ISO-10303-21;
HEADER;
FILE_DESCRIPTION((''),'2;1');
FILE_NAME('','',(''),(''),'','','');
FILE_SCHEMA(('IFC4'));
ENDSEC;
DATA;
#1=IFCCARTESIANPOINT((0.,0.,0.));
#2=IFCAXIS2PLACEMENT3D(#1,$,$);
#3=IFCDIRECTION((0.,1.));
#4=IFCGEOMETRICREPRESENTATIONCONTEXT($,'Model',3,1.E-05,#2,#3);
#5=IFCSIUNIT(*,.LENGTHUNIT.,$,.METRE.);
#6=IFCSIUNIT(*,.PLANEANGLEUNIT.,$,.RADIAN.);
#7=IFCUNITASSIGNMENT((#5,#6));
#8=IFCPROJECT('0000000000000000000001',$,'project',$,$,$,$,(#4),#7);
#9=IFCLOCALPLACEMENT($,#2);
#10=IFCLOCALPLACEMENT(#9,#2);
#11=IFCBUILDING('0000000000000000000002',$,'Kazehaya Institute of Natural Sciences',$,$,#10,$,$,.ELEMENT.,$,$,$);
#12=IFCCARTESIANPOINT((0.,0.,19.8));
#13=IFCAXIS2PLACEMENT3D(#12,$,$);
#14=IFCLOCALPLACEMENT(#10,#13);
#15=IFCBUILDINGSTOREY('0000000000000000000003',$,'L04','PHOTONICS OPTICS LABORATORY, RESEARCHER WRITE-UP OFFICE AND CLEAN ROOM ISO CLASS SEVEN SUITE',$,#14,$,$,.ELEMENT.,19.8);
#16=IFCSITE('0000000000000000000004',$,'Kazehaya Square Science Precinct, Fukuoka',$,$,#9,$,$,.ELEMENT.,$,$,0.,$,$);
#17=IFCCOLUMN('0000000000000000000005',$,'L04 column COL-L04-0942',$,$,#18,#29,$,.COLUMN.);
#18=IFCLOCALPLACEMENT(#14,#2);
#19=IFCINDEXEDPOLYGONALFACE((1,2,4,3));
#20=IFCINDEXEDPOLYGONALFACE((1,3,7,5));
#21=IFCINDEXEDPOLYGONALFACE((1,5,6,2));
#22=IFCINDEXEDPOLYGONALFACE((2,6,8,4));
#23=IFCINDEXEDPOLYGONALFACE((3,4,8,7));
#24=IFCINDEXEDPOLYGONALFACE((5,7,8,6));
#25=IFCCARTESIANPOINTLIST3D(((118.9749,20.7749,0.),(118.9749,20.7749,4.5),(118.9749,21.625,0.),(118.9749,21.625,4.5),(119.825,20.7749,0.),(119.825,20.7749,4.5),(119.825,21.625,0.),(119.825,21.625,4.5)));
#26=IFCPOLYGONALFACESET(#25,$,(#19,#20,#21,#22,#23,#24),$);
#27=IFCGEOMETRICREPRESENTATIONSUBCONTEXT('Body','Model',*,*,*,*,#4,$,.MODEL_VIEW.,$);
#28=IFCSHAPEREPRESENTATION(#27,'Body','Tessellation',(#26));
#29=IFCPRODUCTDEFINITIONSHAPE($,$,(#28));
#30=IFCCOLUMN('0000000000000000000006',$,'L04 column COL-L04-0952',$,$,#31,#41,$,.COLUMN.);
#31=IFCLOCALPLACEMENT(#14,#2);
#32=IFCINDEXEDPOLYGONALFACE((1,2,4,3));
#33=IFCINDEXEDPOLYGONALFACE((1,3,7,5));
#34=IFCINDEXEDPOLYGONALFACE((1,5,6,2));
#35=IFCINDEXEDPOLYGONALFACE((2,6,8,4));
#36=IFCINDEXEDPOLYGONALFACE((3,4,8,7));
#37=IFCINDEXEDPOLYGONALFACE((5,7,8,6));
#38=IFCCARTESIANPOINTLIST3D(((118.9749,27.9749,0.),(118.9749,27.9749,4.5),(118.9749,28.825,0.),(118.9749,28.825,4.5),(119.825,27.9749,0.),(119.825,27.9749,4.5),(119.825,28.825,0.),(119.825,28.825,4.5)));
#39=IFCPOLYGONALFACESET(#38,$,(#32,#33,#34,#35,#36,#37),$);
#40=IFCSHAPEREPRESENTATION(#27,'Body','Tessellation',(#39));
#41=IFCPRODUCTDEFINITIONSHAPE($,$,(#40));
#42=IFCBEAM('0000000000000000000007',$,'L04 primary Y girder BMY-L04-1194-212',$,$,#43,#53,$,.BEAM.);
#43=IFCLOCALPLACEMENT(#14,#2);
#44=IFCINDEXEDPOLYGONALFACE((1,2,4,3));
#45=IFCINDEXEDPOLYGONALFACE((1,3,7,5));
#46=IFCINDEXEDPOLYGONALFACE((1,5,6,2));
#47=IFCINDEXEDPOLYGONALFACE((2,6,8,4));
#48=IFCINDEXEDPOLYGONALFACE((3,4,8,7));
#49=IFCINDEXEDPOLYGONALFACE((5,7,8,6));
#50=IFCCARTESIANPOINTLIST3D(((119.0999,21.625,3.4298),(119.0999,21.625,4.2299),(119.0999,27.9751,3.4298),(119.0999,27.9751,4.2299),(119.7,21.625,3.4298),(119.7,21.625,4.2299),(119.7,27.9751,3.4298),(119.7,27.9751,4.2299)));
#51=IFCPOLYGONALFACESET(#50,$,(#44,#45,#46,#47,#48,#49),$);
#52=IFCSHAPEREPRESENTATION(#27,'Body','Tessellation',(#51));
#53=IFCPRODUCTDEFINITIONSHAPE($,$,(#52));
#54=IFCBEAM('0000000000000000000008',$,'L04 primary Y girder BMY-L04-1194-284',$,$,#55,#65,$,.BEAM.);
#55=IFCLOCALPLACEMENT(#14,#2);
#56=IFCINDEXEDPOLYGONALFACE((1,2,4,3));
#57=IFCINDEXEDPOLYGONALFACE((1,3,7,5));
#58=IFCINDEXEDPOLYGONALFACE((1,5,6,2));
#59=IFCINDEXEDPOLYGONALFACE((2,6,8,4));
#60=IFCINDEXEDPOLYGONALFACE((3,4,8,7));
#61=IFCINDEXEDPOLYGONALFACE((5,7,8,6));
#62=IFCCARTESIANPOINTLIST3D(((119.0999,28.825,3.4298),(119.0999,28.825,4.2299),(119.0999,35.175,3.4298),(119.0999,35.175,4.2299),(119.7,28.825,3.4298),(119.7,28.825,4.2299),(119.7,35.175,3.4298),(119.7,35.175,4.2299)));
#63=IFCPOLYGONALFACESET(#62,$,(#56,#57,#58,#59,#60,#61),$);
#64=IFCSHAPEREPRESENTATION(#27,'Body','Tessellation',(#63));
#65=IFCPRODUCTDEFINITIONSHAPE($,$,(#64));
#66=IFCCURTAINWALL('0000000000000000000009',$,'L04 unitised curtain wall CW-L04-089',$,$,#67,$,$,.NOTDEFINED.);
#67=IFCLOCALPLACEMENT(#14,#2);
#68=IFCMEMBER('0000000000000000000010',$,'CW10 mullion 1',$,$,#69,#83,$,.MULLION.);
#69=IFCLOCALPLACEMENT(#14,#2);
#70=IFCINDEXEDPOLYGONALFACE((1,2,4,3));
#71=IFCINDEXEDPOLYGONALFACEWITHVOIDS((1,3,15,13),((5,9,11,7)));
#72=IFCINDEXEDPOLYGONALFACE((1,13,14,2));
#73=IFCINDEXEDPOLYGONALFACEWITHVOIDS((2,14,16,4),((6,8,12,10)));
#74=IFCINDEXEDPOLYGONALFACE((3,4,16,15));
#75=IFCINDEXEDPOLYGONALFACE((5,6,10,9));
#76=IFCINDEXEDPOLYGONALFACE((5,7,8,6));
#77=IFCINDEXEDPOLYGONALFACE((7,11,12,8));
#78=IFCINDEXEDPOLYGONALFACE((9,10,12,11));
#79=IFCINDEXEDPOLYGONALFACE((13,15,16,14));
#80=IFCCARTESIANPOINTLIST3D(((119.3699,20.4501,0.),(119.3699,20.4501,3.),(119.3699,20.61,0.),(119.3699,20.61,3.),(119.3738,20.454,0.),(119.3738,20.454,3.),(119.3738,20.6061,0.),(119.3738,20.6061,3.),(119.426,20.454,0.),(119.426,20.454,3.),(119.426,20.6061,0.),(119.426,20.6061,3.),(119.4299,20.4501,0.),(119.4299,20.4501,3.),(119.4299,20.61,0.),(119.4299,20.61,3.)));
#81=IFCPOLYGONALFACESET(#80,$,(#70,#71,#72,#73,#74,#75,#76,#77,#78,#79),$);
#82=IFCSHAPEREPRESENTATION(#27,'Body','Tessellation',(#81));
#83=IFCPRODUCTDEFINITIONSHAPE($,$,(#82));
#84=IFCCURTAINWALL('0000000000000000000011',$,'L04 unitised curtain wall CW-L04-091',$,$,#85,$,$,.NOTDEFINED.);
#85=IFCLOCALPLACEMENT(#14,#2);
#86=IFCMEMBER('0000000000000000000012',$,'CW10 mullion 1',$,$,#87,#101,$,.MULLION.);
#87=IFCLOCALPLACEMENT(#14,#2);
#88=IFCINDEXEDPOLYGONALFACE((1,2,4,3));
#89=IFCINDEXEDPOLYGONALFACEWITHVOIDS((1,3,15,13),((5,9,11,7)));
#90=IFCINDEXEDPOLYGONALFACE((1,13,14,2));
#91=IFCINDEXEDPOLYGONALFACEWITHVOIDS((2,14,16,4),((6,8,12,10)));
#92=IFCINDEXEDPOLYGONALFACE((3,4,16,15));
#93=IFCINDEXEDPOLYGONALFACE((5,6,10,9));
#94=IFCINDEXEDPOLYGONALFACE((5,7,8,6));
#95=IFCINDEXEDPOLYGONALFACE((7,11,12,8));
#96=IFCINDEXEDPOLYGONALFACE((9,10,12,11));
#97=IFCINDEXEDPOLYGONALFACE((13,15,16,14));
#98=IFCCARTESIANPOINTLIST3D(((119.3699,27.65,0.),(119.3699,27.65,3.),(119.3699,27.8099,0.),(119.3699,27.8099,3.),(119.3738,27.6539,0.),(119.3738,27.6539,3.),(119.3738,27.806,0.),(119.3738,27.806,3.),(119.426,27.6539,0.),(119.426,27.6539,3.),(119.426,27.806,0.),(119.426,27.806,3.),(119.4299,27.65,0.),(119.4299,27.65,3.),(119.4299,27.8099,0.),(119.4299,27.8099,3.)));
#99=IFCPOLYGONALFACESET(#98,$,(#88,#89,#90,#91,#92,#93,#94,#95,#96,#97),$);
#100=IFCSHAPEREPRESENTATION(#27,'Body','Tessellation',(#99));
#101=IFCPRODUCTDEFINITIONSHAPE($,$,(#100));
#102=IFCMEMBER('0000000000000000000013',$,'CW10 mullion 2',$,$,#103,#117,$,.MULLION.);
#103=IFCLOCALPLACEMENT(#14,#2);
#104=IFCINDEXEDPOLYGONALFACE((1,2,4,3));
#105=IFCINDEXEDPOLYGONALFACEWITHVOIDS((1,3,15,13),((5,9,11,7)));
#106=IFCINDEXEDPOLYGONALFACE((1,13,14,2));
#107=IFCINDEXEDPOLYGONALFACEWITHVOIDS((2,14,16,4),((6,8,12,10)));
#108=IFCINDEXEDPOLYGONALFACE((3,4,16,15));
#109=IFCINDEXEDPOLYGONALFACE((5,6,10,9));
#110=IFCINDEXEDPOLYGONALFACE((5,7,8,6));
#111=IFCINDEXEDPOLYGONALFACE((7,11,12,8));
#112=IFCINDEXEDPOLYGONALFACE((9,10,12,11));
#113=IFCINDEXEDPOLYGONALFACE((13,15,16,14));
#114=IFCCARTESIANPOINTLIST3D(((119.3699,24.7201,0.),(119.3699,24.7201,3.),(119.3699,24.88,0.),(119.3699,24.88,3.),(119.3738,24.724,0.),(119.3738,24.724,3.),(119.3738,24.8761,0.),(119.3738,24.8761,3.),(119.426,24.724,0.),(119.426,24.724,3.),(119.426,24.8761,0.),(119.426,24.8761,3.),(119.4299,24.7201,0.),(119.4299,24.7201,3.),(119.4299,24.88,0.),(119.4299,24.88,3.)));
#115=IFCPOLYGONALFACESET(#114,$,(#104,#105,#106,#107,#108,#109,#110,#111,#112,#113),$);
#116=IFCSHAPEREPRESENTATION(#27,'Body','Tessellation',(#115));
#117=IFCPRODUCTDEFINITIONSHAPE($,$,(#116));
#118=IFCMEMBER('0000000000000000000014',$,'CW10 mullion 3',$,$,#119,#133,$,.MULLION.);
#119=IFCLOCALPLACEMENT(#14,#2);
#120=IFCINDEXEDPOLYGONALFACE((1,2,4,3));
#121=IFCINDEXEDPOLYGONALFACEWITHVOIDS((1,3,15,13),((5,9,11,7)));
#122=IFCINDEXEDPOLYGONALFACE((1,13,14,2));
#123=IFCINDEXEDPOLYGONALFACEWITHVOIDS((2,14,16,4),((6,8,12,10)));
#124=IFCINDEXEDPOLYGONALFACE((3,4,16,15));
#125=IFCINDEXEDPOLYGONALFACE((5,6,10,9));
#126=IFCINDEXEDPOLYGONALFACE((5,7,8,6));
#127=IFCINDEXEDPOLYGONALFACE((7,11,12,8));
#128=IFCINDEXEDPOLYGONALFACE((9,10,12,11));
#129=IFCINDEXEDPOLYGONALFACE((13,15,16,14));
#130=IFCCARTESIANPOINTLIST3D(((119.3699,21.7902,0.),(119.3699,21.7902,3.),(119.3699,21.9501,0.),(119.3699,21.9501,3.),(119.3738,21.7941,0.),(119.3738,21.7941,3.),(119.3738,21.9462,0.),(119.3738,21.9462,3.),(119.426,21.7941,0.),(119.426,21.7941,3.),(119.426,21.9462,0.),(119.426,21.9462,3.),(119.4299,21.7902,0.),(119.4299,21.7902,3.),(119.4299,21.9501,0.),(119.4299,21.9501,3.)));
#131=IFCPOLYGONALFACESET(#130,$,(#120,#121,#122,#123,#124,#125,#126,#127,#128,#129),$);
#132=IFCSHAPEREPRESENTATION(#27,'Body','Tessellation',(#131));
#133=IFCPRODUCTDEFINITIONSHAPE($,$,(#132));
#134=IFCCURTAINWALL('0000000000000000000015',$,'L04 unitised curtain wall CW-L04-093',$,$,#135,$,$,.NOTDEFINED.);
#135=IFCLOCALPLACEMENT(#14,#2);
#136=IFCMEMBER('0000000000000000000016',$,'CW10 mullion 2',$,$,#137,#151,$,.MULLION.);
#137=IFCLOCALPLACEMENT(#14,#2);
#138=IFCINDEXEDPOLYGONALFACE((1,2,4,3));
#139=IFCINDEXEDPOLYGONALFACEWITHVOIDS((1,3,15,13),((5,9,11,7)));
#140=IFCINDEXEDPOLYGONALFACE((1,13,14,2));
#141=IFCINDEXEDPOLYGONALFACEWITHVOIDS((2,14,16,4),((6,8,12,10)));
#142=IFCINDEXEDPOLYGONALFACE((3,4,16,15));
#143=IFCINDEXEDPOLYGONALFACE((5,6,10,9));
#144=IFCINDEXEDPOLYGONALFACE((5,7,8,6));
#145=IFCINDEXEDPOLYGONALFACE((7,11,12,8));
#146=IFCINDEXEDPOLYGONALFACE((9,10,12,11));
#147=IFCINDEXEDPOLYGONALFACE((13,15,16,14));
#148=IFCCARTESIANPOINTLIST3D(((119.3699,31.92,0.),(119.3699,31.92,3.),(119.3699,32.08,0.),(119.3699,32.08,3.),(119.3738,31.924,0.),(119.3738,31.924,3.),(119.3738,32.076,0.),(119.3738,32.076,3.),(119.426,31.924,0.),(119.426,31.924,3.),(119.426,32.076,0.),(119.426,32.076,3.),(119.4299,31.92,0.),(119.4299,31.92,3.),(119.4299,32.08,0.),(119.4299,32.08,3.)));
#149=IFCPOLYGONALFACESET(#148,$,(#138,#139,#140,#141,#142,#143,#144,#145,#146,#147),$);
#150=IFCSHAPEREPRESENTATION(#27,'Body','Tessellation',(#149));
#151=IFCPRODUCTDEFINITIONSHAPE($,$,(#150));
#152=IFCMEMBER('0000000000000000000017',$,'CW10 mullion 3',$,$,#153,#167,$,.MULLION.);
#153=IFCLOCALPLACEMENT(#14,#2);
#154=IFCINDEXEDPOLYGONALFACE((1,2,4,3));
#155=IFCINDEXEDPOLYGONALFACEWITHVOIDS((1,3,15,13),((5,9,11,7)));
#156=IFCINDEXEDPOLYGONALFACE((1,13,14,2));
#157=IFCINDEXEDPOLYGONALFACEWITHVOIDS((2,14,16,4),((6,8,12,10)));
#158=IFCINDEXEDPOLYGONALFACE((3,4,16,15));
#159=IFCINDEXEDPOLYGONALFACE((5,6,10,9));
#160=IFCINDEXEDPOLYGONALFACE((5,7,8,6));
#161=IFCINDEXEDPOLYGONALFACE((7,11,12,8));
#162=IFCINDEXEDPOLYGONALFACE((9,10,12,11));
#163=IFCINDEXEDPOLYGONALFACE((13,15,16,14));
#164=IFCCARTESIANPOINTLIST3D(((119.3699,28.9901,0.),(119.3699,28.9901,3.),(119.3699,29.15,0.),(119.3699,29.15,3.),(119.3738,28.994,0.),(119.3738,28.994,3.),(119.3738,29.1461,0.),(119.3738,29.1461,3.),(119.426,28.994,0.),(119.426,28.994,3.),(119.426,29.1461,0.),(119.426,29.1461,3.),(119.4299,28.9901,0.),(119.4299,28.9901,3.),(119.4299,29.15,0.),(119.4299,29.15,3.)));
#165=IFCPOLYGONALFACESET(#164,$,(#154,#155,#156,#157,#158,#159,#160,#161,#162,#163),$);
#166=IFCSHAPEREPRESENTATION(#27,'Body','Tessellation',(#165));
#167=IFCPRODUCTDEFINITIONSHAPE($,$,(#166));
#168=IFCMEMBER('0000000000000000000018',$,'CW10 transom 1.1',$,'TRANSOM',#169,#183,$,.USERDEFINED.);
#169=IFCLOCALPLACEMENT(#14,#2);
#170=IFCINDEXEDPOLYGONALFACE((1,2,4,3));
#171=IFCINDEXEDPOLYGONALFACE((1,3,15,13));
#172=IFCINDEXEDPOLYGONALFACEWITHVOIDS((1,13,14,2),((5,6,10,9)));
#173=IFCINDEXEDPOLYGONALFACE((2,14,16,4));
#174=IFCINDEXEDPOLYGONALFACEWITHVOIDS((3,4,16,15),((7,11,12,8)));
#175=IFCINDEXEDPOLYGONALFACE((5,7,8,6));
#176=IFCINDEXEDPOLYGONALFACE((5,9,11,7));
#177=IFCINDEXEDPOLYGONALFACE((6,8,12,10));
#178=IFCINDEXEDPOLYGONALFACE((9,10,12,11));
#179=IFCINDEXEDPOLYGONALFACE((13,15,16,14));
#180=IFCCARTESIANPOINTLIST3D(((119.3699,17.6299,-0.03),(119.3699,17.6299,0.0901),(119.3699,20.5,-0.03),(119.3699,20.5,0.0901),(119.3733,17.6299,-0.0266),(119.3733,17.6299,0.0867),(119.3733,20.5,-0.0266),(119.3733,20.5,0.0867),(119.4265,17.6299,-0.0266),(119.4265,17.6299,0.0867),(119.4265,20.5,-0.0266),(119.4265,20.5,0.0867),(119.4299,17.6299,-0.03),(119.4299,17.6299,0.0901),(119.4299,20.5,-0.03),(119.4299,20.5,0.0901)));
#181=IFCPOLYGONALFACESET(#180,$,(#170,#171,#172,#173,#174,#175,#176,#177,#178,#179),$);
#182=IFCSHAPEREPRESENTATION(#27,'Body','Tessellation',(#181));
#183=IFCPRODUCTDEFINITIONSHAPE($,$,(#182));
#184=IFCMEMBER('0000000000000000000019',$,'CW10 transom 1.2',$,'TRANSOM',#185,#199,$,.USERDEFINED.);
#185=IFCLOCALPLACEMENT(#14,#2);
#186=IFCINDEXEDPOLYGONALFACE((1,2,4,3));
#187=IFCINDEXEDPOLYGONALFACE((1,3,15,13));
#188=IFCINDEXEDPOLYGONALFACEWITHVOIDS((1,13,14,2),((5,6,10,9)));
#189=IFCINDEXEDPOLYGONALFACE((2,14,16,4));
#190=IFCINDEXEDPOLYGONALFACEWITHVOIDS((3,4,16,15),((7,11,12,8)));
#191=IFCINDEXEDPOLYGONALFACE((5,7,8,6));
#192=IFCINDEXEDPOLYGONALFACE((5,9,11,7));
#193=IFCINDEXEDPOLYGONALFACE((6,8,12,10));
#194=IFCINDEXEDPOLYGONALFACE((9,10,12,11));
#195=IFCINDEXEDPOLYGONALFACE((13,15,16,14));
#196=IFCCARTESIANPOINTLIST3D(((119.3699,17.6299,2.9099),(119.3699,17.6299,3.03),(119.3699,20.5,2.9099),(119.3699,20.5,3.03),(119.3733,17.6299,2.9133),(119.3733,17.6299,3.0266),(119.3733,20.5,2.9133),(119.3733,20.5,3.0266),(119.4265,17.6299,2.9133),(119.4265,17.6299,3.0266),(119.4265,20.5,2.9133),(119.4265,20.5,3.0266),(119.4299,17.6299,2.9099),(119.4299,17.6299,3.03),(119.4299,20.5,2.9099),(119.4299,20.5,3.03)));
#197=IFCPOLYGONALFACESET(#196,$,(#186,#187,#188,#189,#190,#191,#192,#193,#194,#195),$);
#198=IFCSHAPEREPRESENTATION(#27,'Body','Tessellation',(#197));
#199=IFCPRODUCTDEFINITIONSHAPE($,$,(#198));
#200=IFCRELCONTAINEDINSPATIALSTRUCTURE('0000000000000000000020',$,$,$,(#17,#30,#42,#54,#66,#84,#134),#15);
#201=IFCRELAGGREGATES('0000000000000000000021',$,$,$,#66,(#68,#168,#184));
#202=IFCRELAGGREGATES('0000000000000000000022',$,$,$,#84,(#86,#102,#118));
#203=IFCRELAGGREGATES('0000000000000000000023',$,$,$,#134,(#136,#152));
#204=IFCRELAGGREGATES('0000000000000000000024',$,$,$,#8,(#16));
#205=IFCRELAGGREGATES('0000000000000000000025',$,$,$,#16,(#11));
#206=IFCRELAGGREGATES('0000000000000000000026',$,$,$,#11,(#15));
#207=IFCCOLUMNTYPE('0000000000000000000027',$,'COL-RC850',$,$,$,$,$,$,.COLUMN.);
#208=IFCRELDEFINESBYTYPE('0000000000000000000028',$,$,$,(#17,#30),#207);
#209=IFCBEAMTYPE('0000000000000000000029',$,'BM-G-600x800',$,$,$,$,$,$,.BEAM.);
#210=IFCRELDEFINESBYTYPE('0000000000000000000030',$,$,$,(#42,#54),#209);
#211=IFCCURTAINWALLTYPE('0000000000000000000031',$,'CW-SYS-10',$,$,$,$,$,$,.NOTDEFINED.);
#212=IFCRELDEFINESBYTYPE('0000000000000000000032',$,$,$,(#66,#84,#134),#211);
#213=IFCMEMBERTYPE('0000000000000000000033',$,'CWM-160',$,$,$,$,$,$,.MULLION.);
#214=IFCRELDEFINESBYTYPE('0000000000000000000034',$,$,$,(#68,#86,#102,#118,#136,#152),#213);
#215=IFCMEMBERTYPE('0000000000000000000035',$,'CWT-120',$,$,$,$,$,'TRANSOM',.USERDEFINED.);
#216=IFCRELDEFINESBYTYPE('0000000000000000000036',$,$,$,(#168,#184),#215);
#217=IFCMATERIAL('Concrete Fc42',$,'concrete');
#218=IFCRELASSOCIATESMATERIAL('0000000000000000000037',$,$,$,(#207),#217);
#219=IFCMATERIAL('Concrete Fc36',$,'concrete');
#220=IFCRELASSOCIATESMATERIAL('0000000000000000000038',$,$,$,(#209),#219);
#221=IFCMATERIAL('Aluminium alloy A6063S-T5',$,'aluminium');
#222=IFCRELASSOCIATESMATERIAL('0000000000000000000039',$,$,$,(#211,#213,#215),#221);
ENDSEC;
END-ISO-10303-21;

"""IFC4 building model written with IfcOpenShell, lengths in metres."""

from ifc_helpers import new_model, si_unit, direction, frame, origin, origin_2d, place, context, subcontext, project, spatial, rectangle, hollow_rectangle, extrude, material, material_profile, profile_set, type_object, element, aggregate, save


model = new_model("IFC4")

# Units and contexts
model_context = context("Model", 3, precision=1e-05, world=origin(), true_north=direction((0.0, 1.0)))
body_context = subcontext(model_context, "Body", "Model", "MODEL_VIEW")
ifc_project = project(units=[si_unit("LENGTHUNIT", "METRE"), si_unit("PLANEANGLEUNIT", "RADIAN")], contexts=[model_context])

# Site, building, storey
site_placement = place(None, origin())
site = spatial("IfcSite", under=ifc_project, at=site_placement, Name="Kazehaya Square Science Precinct, Fukuoka", CompositionType="ELEMENT", RefElevation=0.0)
building_placement = place(site_placement, origin())
building = spatial("IfcBuilding", under=site, at=building_placement, Name="Kazehaya Institute of Natural Sciences", CompositionType="ELEMENT")
storey_placement = place(building_placement, frame((0.0, 0.0, 19.8)))
storey = spatial("IfcBuildingStorey", under=building, at=storey_placement, Name="L04", Description="PHOTONICS OPTICS LABORATORY, RESEARCHER WRITE-UP OFFICE AND CLEAN ROOM ISO CLASS SEVEN SUITE", CompositionType="ELEMENT", Elevation=19.8)

# Columns
ifc_material_1 = material(Name="Concrete Fc42", Category="concrete")
ifc_material_profile_1 = material_profile(ifc_material_1, rectangle(XDim=0.8501, YDim=0.8501, at=origin_2d()), Name="RC-850x850")
ifc_profile_set_1 = profile_set([ifc_material_profile_1], Name="Concrete Fc42")
column_type = type_object("IfcColumnType", Name="COL-RC850", PredefinedType="COLUMN", material=ifc_profile_set_1)
for number, where, z_axis, x_axis, name in (
    (1, (119.3999, 21.2, 0.0), (0.0, 0.0, 1.0), (1.0, 0.0, 0.0), "L04 column COL-L04-0942"),
    (2, (119.3999, 28.3999, 0.0), (0.0, 0.0, 1.0), (1.0, 0.0, 0.0), "L04 column COL-L04-0952"),
):
    element("IfcColumn", number, at=place(storey_placement, frame(where, z_axis=z_axis, x_axis=x_axis)), inside=storey, type_object=column_type, Name=name, PredefinedType="COLUMN", context=body_context, shape_type="SweptSolid", body=[
        extrude(rectangle(XDim=0.8501, YDim=0.8501, at=origin_2d()), origin(), (0.0, 0.0, 1.0), 4.5),
    ])

# Beams
ifc_material_2 = material(Name="Concrete Fc36", Category="concrete")
ifc_material_profile_2 = material_profile(ifc_material_2, rectangle(XDim=0.6001, YDim=0.8, at=origin_2d()), Name="RC-600x800")
ifc_profile_set_2 = profile_set([ifc_material_profile_2], Name="Concrete Fc36")
beam_type = type_object("IfcBeamType", Name="BM-G-600x800", PredefinedType="BEAM", material=ifc_profile_set_2)
for number, where, z_axis, x_axis, name in (
    (3, (119.3999, 21.625, 3.8298), (0.0, 1.0, 0.0), (-1.0, 0.0, 0.0), "L04 primary Y girder BMY-L04-1194-212"),
    (4, (119.3999, 28.825, 3.8298), (0.0, 1.0, 0.0), (-1.0, 0.0, 0.0), "L04 primary Y girder BMY-L04-1194-284"),
):
    element("IfcBeam", number, at=place(storey_placement, frame(where, z_axis=z_axis, x_axis=x_axis)), inside=storey, type_object=beam_type, Name=name, PredefinedType="BEAM", context=body_context, shape_type="SweptSolid", body=[
        extrude(rectangle(XDim=0.6001, YDim=0.8, at=origin_2d()), origin(), (0.0, 0.0, 1.0), 6.3501),
    ])

# Curtain wall, member
ifc_material_3 = material(Name="Aluminium alloy A6063S-T5", Category="aluminium")
curtain_wall_type = type_object("IfcCurtainWallType", Name="CW-SYS-10", PredefinedType="NOTDEFINED", material=ifc_material_3)
curtain_wall_1_placement = place(storey_placement, origin())
curtain_wall_1 = element("IfcCurtainWall", 5, at=curtain_wall_1_placement, inside=storey, type_object=curtain_wall_type, Name="L04 unitised curtain wall CW-L04-089", PredefinedType="NOTDEFINED")
ifc_material_profile_3 = material_profile(ifc_material_3, hollow_rectangle(XDim=0.0601, YDim=0.1599, WallThickness=0.0039, at=origin_2d()), Name="ALU-60x160x4")
ifc_profile_set_3 = profile_set([ifc_material_profile_3], Name="Aluminium alloy A6063S-T5")
member_type_1 = type_object("IfcMemberType", Name="CWM-160", PredefinedType="MULLION", material=ifc_profile_set_3)
member_1_placement = place(storey_placement, frame((119.3999, 20.53, 0.0), z_axis=(0.0, 0.0, 1.0), x_axis=(1.0, 0.0, 0.0)))
member_1 = element("IfcMember", 6, at=member_1_placement, type_object=member_type_1, Name="CW10 mullion 1", PredefinedType="MULLION", context=body_context, shape_type="SweptSolid", body=[
    extrude(hollow_rectangle(XDim=0.0601, YDim=0.1599, WallThickness=0.0039, at=origin_2d()), origin(), (0.0, 0.0, 1.0), 3.0),
])

# Curtain walls, members
curtain_wall_2_placement = place(storey_placement, origin())
curtain_wall_2 = element("IfcCurtainWall", 7, at=curtain_wall_2_placement, inside=storey, type_object=curtain_wall_type, Name="L04 unitised curtain wall CW-L04-091", PredefinedType="NOTDEFINED")
member_2_placement = place(storey_placement, frame((119.3999, 27.73, 0.0), z_axis=(0.0, 0.0, 1.0), x_axis=(1.0, 0.0, 0.0)))
member_2 = element("IfcMember", 8, at=member_2_placement, type_object=member_type_1, Name="CW10 mullion 1", PredefinedType="MULLION", context=body_context, shape_type="SweptSolid", body=[
    extrude(hollow_rectangle(XDim=0.0601, YDim=0.1599, WallThickness=0.0039, at=origin_2d()), origin(), (0.0, 0.0, 1.0), 3.0),
])
member_3_placement = place(storey_placement, frame((119.3999, 24.8, 0.0), z_axis=(0.0, 0.0, 1.0), x_axis=(1.0, 0.0, 0.0)))
member_3 = element("IfcMember", 9, at=member_3_placement, type_object=member_type_1, Name="CW10 mullion 2", PredefinedType="MULLION", context=body_context, shape_type="SweptSolid", body=[
    extrude(hollow_rectangle(XDim=0.0601, YDim=0.1599, WallThickness=0.0039, at=origin_2d()), origin(), (0.0, 0.0, 1.0), 3.0),
])
member_4_placement = place(storey_placement, frame((119.3999, 21.8701, 0.0), z_axis=(0.0, 0.0, 1.0), x_axis=(1.0, 0.0, 0.0)))
member_4 = element("IfcMember", 10, at=member_4_placement, type_object=member_type_1, Name="CW10 mullion 3", PredefinedType="MULLION", context=body_context, shape_type="SweptSolid", body=[
    extrude(hollow_rectangle(XDim=0.0601, YDim=0.1599, WallThickness=0.0039, at=origin_2d()), origin(), (0.0, 0.0, 1.0), 3.0),
])
curtain_wall_3_placement = place(storey_placement, origin())
curtain_wall_3 = element("IfcCurtainWall", 11, at=curtain_wall_3_placement, inside=storey, type_object=curtain_wall_type, Name="L04 unitised curtain wall CW-L04-093", PredefinedType="NOTDEFINED")
member_5_placement = place(storey_placement, frame((119.3999, 32.0, 0.0), z_axis=(0.0, 0.0, 1.0), x_axis=(1.0, 0.0, 0.0)))
member_5 = element("IfcMember", 12, at=member_5_placement, type_object=member_type_1, Name="CW10 mullion 2", PredefinedType="MULLION", context=body_context, shape_type="SweptSolid", body=[
    extrude(hollow_rectangle(XDim=0.0601, YDim=0.1599, WallThickness=0.0039, at=origin_2d()), origin(), (0.0, 0.0, 1.0), 3.0),
])
member_6_placement = place(storey_placement, frame((119.3999, 29.0701, 0.0), z_axis=(0.0, 0.0, 1.0), x_axis=(1.0, 0.0, 0.0)))
member_6 = element("IfcMember", 13, at=member_6_placement, type_object=member_type_1, Name="CW10 mullion 3", PredefinedType="MULLION", context=body_context, shape_type="SweptSolid", body=[
    extrude(hollow_rectangle(XDim=0.0601, YDim=0.1599, WallThickness=0.0039, at=origin_2d()), origin(), (0.0, 0.0, 1.0), 3.0),
])

# Members
ifc_material_profile_4 = material_profile(ifc_material_3, hollow_rectangle(XDim=0.0601, YDim=0.1201, WallThickness=0.0034, at=origin_2d()), Name="ALU-60x120x3.5")
ifc_profile_set_4 = profile_set([ifc_material_profile_4], Name="Aluminium alloy A6063S-T5")
member_type_2 = type_object("IfcMemberType", Name="CWT-120", ElementType="TRANSOM", PredefinedType="USERDEFINED", material=ifc_profile_set_4)
member_7_placement = place(storey_placement, frame((119.3999, 20.5, 0.03), z_axis=(0.0, -1.0, 0.0), x_axis=(1.0, 0.0, 0.0)))
member_7 = element("IfcMember", 14, at=member_7_placement, type_object=member_type_2, Name="CW10 transom 1.1", ObjectType="TRANSOM", PredefinedType="USERDEFINED", context=body_context, shape_type="SweptSolid", body=[
    extrude(hollow_rectangle(XDim=0.0601, YDim=0.1201, WallThickness=0.0034, at=origin_2d()), origin(), (0.0, 0.0, 1.0), 2.8701),
])
member_8_placement = place(storey_placement, frame((119.3999, 20.5, 2.97), z_axis=(0.0, -1.0, 0.0), x_axis=(1.0, 0.0, 0.0)))
member_8 = element("IfcMember", 15, at=member_8_placement, type_object=member_type_2, Name="CW10 transom 1.2", ObjectType="TRANSOM", PredefinedType="USERDEFINED", context=body_context, shape_type="SweptSolid", body=[
    extrude(hollow_rectangle(XDim=0.0601, YDim=0.1201, WallThickness=0.0034, at=origin_2d()), origin(), (0.0, 0.0, 1.0), 2.8701),
])
aggregate(curtain_wall_1, [member_1, member_7, member_8])

aggregate(curtain_wall_2, [member_2, member_3, member_4])
aggregate(curtain_wall_3, [member_5, member_6])

save(model, "model.ifc")
